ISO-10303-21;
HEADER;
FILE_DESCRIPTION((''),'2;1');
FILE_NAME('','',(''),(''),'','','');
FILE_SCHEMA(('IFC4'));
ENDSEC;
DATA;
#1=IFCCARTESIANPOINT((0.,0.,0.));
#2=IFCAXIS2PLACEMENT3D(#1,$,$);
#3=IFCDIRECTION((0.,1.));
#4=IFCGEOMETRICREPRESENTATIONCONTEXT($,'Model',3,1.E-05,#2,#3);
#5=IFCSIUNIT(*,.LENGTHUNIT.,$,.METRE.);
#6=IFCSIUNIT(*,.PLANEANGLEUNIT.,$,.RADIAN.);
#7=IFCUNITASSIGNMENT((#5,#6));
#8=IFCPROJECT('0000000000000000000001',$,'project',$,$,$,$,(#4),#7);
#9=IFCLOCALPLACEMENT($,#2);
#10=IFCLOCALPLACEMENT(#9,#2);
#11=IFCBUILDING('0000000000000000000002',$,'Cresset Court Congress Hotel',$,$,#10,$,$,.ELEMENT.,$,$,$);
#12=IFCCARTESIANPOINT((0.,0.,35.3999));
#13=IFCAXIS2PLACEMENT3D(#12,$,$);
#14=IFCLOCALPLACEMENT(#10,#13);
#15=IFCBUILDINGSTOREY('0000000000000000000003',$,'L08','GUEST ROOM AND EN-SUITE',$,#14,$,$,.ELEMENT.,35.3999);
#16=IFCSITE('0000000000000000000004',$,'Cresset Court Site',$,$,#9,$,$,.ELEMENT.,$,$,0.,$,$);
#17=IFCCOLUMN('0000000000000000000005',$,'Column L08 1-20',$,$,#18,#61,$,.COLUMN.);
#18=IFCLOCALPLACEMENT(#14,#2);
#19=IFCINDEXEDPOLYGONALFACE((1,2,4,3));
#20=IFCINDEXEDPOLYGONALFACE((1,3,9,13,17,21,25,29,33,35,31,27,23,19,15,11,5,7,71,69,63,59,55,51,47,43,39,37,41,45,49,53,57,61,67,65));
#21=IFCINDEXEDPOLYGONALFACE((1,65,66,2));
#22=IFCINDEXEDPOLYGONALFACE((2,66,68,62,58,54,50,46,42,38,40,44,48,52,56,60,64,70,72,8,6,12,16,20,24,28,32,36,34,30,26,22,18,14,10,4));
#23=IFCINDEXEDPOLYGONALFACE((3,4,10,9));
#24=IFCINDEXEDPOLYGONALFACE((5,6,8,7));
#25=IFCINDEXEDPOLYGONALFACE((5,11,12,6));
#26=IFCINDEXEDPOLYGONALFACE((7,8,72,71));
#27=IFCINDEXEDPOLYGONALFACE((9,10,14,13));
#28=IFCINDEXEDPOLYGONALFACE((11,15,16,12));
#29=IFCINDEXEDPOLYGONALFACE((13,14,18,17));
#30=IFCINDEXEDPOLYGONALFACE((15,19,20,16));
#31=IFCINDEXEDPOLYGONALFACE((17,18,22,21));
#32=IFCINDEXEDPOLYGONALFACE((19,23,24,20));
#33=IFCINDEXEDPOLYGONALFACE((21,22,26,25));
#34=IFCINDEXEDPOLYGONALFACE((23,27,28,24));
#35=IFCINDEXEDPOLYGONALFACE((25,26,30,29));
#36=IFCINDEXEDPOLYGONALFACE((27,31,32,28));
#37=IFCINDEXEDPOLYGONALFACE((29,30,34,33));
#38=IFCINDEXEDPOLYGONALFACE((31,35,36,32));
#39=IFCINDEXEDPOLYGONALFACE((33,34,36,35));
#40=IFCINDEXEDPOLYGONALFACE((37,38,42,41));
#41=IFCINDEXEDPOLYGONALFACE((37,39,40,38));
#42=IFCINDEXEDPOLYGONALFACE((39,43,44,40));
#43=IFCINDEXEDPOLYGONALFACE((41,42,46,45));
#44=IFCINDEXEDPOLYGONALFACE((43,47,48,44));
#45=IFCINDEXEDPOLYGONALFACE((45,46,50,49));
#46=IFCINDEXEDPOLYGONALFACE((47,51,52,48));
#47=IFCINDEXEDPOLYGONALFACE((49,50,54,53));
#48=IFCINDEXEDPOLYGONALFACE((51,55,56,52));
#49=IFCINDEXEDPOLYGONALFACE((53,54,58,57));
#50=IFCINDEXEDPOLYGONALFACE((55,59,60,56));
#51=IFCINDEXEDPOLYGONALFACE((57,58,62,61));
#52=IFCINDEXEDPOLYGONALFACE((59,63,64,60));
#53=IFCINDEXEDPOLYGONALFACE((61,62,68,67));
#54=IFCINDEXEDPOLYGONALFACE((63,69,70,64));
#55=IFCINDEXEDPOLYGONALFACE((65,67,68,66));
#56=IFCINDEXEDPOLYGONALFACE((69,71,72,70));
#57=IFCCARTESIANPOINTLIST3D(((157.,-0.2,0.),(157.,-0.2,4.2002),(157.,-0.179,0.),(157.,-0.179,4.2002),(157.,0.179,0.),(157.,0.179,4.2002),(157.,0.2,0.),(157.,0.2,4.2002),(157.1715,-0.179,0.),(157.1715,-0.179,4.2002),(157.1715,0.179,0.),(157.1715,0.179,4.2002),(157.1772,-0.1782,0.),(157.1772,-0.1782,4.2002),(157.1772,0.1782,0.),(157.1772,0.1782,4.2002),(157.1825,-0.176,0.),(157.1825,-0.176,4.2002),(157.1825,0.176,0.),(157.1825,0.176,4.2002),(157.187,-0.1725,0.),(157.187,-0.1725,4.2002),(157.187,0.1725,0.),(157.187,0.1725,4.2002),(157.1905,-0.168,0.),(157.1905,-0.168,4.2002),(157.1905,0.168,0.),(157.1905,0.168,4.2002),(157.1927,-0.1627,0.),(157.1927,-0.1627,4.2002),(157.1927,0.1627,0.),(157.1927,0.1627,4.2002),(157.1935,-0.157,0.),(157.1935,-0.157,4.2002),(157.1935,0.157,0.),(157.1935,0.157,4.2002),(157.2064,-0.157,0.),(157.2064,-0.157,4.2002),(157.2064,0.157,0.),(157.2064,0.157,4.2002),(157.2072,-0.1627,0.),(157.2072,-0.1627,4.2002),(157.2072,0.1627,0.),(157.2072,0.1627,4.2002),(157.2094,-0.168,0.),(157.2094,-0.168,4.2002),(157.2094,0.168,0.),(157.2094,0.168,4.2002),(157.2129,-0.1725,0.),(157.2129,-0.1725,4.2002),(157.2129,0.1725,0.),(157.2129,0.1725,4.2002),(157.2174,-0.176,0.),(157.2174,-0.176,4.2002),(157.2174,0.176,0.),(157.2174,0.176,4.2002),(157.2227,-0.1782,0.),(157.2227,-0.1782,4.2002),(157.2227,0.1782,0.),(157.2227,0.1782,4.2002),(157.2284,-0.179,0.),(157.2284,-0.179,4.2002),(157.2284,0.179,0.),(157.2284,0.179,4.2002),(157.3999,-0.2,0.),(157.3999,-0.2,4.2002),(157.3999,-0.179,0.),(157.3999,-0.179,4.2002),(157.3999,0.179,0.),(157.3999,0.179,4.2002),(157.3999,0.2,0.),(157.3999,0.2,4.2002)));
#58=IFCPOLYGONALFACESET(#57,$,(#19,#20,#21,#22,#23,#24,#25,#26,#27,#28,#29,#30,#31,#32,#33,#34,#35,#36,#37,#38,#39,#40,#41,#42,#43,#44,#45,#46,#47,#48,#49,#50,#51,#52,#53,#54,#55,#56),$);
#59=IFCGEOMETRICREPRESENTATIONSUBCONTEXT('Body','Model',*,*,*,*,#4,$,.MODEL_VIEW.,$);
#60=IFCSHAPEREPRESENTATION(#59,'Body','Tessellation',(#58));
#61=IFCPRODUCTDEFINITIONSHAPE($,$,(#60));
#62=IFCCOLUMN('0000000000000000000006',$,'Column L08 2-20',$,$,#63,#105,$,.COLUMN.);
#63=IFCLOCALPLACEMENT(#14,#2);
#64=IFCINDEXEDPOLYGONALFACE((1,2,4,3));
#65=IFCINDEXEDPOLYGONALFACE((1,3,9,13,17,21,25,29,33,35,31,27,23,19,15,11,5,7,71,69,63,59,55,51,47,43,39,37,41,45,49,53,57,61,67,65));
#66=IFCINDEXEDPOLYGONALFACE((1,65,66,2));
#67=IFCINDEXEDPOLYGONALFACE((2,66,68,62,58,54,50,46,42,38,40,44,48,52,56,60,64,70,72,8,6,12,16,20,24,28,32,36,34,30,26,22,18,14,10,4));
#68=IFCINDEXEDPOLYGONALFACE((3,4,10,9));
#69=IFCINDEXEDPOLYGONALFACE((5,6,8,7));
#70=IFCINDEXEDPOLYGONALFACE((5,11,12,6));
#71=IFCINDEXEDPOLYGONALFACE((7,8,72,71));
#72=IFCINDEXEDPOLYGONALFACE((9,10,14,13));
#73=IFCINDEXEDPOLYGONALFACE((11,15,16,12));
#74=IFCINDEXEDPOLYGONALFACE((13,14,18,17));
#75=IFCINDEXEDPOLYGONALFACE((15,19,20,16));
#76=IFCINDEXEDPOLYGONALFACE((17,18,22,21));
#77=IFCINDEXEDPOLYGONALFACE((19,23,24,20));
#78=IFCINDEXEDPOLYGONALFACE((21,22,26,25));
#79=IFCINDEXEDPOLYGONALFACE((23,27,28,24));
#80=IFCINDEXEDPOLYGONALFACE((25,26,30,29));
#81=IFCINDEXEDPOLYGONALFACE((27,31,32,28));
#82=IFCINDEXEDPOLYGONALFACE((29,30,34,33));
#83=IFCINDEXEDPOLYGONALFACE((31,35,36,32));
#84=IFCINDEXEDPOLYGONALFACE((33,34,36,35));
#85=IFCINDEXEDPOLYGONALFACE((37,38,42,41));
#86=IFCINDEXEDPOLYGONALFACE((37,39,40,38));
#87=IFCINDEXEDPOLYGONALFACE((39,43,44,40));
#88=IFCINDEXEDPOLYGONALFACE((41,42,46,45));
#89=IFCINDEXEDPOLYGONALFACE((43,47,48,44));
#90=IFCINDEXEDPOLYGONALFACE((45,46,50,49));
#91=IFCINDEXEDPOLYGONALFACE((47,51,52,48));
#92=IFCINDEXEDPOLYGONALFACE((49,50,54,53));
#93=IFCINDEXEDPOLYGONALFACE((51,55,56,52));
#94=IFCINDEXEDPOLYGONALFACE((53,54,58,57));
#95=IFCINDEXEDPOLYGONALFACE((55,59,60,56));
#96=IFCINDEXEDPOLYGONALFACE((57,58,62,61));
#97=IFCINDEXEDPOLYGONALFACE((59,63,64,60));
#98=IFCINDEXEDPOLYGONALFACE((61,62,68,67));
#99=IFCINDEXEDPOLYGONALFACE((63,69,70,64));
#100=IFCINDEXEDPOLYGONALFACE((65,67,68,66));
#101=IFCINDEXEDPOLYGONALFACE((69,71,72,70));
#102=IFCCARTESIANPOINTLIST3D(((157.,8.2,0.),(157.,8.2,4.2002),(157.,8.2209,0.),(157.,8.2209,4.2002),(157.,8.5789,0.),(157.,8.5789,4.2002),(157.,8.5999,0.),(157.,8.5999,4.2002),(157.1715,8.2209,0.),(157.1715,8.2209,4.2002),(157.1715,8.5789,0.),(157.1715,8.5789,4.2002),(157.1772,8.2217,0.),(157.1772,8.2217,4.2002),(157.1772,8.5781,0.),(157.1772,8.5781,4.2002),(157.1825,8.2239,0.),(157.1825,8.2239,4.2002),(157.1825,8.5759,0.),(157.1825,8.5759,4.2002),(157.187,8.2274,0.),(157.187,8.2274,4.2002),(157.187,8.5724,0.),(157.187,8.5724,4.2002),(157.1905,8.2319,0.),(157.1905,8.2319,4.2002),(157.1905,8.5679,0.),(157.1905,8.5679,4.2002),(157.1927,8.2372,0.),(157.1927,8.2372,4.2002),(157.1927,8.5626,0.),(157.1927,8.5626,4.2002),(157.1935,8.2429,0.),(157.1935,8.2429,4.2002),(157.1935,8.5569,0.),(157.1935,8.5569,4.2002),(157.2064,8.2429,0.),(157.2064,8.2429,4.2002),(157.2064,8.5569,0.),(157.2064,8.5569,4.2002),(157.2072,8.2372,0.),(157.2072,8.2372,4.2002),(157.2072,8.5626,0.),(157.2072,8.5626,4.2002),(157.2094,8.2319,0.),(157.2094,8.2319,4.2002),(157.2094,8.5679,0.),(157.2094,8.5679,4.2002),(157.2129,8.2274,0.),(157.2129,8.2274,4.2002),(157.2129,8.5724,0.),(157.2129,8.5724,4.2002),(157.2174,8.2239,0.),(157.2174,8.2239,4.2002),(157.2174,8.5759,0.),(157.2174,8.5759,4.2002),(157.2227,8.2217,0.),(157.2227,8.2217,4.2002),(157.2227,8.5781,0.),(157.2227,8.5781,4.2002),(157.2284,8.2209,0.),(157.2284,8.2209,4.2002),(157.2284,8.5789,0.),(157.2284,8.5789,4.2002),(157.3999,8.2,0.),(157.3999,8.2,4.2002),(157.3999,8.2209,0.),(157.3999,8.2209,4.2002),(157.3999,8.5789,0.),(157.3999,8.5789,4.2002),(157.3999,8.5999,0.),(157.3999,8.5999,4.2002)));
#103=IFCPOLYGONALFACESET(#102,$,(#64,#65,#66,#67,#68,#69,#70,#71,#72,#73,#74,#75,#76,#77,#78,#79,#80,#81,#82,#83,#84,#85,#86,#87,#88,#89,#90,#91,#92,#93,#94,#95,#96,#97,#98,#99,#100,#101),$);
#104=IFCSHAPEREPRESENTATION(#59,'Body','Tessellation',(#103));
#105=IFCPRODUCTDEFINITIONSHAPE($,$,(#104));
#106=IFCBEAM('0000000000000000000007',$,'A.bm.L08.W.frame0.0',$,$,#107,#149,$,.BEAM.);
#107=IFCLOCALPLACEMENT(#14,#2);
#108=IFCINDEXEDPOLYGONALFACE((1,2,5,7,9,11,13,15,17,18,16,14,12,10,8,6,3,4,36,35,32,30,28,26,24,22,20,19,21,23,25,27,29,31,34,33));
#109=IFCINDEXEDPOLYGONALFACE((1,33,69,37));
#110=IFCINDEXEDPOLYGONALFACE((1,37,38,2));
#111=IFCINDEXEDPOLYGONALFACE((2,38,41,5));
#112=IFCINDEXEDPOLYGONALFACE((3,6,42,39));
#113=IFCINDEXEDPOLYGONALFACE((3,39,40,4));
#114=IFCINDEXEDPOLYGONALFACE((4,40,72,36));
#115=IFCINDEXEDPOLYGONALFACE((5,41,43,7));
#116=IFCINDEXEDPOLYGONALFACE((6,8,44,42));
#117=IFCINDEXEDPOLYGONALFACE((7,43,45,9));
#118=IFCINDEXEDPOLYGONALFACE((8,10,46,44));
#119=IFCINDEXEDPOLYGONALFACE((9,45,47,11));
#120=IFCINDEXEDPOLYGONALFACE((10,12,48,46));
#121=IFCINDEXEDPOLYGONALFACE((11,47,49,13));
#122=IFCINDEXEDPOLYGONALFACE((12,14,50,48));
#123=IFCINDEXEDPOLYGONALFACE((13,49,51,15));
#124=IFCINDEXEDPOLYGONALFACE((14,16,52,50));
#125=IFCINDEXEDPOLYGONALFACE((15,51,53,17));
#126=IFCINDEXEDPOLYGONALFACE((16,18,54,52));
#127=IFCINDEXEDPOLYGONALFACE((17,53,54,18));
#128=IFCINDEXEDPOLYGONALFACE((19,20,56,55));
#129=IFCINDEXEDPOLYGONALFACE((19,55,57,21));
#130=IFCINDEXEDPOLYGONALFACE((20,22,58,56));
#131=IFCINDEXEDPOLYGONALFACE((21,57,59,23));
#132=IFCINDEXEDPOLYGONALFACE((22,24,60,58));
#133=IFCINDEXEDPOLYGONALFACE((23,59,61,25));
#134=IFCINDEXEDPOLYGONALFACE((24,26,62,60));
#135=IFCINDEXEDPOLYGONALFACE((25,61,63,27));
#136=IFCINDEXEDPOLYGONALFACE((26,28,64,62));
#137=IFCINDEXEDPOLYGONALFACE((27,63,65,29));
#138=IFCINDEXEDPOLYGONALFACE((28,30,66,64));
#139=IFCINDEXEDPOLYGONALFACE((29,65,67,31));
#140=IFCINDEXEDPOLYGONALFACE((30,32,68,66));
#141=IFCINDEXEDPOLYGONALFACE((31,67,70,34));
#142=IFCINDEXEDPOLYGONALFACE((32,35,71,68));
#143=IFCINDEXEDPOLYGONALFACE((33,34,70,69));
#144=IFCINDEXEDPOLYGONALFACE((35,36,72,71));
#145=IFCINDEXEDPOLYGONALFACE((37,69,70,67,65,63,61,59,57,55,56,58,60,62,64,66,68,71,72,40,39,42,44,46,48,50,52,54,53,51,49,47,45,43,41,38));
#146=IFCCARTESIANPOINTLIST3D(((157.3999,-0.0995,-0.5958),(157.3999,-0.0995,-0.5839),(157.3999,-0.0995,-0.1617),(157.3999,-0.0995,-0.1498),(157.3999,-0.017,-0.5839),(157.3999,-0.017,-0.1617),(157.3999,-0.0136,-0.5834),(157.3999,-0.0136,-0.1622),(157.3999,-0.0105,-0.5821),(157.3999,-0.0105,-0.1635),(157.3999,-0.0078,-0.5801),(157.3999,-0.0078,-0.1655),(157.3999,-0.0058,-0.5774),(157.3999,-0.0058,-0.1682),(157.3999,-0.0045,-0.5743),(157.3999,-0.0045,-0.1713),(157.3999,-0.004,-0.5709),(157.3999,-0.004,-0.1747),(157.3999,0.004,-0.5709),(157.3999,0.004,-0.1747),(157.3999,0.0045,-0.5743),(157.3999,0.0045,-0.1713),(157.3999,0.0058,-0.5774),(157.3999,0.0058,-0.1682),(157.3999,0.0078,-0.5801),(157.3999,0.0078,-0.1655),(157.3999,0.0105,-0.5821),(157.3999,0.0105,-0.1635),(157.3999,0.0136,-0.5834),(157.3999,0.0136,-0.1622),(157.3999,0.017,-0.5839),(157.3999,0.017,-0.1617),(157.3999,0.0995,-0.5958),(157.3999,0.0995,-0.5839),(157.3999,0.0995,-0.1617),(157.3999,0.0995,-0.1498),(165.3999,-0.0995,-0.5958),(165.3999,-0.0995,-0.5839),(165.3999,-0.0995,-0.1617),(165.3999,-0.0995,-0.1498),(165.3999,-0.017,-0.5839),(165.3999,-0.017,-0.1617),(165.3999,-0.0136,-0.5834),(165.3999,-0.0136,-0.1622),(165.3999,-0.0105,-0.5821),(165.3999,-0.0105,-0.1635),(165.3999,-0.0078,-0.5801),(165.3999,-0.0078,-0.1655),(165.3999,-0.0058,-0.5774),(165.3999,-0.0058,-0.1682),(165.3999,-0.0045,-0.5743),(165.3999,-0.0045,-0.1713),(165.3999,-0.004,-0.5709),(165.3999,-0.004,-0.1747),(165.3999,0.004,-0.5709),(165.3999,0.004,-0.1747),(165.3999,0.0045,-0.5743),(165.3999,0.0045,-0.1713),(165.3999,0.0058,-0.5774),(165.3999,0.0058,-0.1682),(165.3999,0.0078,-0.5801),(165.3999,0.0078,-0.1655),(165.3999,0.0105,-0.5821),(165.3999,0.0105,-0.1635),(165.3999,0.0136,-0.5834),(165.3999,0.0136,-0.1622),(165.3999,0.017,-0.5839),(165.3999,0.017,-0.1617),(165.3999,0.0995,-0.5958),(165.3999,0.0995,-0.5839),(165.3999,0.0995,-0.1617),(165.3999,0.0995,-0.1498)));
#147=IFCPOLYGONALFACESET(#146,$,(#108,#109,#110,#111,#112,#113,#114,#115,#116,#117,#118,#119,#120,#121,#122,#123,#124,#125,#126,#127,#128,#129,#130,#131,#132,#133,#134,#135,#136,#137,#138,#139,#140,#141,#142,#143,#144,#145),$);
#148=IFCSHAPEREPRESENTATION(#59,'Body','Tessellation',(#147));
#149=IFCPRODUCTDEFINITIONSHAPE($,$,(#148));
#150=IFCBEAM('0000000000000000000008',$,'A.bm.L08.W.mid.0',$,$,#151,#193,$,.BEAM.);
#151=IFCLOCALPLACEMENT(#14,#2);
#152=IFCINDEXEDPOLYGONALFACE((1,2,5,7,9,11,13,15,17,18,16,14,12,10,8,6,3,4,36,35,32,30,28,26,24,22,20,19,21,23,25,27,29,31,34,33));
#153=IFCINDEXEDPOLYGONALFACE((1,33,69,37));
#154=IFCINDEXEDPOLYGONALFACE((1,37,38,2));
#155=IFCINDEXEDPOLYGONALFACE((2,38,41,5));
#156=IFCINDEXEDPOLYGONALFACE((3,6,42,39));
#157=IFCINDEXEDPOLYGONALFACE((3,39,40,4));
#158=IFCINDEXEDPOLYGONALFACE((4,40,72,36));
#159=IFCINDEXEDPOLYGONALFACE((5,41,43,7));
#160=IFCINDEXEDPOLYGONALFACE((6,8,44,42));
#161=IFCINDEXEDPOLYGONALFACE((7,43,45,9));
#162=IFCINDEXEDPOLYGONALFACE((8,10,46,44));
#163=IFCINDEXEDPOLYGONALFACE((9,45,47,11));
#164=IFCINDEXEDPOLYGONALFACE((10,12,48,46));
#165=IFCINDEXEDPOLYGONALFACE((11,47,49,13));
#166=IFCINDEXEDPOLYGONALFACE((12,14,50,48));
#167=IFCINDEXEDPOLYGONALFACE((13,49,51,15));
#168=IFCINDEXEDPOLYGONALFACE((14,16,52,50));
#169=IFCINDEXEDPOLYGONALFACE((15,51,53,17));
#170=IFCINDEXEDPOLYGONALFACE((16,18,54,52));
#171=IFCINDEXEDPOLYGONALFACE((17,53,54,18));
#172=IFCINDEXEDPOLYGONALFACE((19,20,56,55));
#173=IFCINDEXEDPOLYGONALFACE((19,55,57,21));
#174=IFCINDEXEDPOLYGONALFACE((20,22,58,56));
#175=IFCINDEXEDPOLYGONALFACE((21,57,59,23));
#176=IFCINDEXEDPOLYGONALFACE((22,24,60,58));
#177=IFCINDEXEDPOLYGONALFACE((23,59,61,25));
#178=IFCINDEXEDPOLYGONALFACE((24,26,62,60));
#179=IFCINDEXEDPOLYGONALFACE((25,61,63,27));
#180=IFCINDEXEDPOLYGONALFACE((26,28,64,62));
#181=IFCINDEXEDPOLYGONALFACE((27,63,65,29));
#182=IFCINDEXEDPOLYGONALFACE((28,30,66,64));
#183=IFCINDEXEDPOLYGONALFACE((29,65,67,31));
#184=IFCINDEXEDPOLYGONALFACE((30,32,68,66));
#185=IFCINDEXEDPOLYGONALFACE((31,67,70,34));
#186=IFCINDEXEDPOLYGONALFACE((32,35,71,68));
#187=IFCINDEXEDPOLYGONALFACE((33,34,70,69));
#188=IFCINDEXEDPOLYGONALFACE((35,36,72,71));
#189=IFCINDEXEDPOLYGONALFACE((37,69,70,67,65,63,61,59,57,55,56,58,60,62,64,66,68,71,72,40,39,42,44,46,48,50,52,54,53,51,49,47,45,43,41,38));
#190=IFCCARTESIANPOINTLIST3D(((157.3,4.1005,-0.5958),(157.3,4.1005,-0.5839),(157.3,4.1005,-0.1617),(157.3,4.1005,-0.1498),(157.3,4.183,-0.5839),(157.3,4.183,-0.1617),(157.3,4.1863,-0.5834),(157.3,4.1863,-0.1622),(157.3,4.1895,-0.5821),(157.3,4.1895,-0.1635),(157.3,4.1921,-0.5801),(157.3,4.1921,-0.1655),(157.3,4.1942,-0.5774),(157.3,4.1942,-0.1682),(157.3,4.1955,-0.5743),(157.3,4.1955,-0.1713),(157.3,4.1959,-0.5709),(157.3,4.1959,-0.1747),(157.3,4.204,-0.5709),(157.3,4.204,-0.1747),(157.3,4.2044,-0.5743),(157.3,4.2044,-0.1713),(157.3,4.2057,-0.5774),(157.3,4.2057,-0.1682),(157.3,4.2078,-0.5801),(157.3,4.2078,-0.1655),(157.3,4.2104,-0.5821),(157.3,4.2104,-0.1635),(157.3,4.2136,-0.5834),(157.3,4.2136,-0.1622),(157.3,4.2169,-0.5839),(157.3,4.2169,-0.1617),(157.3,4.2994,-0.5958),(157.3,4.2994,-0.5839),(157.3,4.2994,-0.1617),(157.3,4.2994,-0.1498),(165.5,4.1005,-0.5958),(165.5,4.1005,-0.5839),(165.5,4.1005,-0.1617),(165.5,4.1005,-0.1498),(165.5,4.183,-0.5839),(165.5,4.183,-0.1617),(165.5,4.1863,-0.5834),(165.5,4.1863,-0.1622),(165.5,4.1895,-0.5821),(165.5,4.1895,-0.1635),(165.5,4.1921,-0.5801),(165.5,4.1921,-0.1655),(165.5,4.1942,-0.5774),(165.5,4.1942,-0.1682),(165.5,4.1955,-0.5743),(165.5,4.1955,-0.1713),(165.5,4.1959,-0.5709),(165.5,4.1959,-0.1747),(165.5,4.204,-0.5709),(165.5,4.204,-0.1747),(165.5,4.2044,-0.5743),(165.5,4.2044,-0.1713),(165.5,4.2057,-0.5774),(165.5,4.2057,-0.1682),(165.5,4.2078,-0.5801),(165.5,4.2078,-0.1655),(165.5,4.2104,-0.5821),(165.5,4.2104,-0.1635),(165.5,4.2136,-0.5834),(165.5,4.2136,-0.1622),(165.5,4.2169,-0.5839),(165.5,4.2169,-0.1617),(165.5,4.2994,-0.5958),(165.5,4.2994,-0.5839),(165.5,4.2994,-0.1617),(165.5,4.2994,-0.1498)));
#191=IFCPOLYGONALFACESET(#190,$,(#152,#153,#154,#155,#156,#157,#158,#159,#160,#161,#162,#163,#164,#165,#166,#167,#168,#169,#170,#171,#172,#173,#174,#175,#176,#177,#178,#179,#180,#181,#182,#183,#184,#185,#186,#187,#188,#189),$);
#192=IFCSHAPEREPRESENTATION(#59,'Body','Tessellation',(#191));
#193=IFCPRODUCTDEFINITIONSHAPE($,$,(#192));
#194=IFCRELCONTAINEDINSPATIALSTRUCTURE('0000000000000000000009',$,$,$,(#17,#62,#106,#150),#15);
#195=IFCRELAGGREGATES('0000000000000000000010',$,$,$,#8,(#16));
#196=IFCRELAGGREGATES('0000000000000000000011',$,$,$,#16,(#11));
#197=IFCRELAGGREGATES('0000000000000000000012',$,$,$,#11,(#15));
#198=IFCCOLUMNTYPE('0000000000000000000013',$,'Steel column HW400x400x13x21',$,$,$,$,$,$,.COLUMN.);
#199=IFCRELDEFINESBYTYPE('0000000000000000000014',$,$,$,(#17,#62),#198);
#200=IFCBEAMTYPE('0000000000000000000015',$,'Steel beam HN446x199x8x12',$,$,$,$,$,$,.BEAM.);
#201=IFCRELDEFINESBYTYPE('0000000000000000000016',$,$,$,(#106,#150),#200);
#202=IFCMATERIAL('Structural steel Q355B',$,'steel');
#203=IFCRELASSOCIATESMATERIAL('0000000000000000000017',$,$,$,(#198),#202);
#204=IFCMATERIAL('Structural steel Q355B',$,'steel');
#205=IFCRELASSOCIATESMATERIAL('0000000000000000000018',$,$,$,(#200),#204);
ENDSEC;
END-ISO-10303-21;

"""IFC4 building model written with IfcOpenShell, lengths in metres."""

from ifc_helpers import new_model, si_unit, direction, frame, origin, origin_2d, place, context, subcontext, project, spatial, i_section, extrude, material, material_profile, profile_set, type_object, element, save


model = new_model("IFC4")

# Units and contexts
model_context = context("Model", 3, precision=1e-05, world=origin(), true_north=direction((0.0, 1.0)))
body_context = subcontext(model_context, "Body", "Model", "MODEL_VIEW")
ifc_project = project(units=[si_unit("LENGTHUNIT", "METRE"), si_unit("PLANEANGLEUNIT", "RADIAN")], contexts=[model_context])

# Site, building, storey
site_placement = place(None, origin())
site = spatial("IfcSite", under=ifc_project, at=site_placement, Name="Cresset Court Site", CompositionType="ELEMENT", RefElevation=0.0)
building_placement = place(site_placement, origin())
building = spatial("IfcBuilding", under=site, at=building_placement, Name="Cresset Court Congress Hotel", CompositionType="ELEMENT")
storey_placement = place(building_placement, frame((0.0, 0.0, 35.3999)))
storey = spatial("IfcBuildingStorey", under=building, at=storey_placement, Name="L08", Description="GUEST ROOM AND EN-SUITE", CompositionType="ELEMENT", Elevation=35.3999)

# Columns
ifc_material_1 = material(Name="Structural steel Q355B", Category="steel")
ifc_material_profile_1 = material_profile(ifc_material_1, i_section(OverallWidth=0.3999, OverallDepth=0.3999, WebThickness=0.0129, FlangeThickness=0.021, FilletRadius=0.022, at=origin_2d()), Name="HW400x400x13x21")
ifc_profile_set_1 = profile_set([ifc_material_profile_1], Name="Structural steel Q355B")
column_type = type_object("IfcColumnType", Name="Steel column HW400x400x13x21", PredefinedType="COLUMN", material=ifc_profile_set_1)
for number, where, z_axis, x_axis, name in (
    (1, (157.2, 0.0, 0.0), (0.0, 0.0, 1.0), (1.0, 0.0, 0.0), "Column L08 1-20"),
    (2, (157.2, 8.3999, 0.0), (0.0, 0.0, 1.0), (1.0, 0.0, 0.0), "Column L08 2-20"),
):
    element("IfcColumn", number, at=place(storey_placement, frame(where, z_axis=z_axis, x_axis=x_axis)), inside=storey, type_object=column_type, Name=name, PredefinedType="COLUMN", context=body_context, shape_type="SweptSolid", body=[
        extrude(i_section(OverallWidth=0.3999, OverallDepth=0.3999, WebThickness=0.0129, FlangeThickness=0.021, FilletRadius=0.022, at=origin_2d()), origin(), (0.0, 0.0, 1.0), 4.2002),
    ])

# Beams
ifc_material_2 = material(Name="Structural steel Q355B", Category="steel")
ifc_material_profile_2 = material_profile(ifc_material_2, i_section(OverallWidth=0.199, OverallDepth=0.446, WebThickness=0.0081, FlangeThickness=0.012, FilletRadius=0.0129, at=origin_2d()), Name="HN446x199x8x12")
ifc_profile_set_2 = profile_set([ifc_material_profile_2], Name="Structural steel Q355B")
beam_type_1 = type_object("IfcBeamType", Name="Steel beam HN446x199x8x12", PredefinedType="BEAM", material=ifc_profile_set_2)
beam_1_placement = place(storey_placement, frame((157.3999, 0.0, -0.3728), z_axis=(1.0, 0.0, 0.0), x_axis=(0.0, 1.0, 0.0)))
element("IfcBeam", 3, at=beam_1_placement, inside=storey, type_object=beam_type_1, Name="A.bm.L08.W.frame0.0", PredefinedType="BEAM", context=body_context, shape_type="SweptSolid", body=[
    extrude(i_section(OverallWidth=0.199, OverallDepth=0.446, WebThickness=0.0081, FlangeThickness=0.012, FilletRadius=0.0129, at=origin_2d()), origin(), (0.0, 0.0, 1.0), 8.0),
])
beam_2_placement = place(storey_placement, frame((157.3, 4.2, -0.3728), z_axis=(1.0, 0.0, 0.0), x_axis=(0.0, 1.0, 0.0)))
element("IfcBeam", 4, at=beam_2_placement, inside=storey, type_object=beam_type_1, Name="A.bm.L08.W.mid.0", PredefinedType="BEAM", context=body_context, shape_type="SweptSolid", body=[
    extrude(i_section(OverallWidth=0.199, OverallDepth=0.446, WebThickness=0.0081, FlangeThickness=0.012, FilletRadius=0.0129, at=origin_2d()), origin(), (0.0, 0.0, 1.0), 8.2),
])

save(model, "model.ifc")
